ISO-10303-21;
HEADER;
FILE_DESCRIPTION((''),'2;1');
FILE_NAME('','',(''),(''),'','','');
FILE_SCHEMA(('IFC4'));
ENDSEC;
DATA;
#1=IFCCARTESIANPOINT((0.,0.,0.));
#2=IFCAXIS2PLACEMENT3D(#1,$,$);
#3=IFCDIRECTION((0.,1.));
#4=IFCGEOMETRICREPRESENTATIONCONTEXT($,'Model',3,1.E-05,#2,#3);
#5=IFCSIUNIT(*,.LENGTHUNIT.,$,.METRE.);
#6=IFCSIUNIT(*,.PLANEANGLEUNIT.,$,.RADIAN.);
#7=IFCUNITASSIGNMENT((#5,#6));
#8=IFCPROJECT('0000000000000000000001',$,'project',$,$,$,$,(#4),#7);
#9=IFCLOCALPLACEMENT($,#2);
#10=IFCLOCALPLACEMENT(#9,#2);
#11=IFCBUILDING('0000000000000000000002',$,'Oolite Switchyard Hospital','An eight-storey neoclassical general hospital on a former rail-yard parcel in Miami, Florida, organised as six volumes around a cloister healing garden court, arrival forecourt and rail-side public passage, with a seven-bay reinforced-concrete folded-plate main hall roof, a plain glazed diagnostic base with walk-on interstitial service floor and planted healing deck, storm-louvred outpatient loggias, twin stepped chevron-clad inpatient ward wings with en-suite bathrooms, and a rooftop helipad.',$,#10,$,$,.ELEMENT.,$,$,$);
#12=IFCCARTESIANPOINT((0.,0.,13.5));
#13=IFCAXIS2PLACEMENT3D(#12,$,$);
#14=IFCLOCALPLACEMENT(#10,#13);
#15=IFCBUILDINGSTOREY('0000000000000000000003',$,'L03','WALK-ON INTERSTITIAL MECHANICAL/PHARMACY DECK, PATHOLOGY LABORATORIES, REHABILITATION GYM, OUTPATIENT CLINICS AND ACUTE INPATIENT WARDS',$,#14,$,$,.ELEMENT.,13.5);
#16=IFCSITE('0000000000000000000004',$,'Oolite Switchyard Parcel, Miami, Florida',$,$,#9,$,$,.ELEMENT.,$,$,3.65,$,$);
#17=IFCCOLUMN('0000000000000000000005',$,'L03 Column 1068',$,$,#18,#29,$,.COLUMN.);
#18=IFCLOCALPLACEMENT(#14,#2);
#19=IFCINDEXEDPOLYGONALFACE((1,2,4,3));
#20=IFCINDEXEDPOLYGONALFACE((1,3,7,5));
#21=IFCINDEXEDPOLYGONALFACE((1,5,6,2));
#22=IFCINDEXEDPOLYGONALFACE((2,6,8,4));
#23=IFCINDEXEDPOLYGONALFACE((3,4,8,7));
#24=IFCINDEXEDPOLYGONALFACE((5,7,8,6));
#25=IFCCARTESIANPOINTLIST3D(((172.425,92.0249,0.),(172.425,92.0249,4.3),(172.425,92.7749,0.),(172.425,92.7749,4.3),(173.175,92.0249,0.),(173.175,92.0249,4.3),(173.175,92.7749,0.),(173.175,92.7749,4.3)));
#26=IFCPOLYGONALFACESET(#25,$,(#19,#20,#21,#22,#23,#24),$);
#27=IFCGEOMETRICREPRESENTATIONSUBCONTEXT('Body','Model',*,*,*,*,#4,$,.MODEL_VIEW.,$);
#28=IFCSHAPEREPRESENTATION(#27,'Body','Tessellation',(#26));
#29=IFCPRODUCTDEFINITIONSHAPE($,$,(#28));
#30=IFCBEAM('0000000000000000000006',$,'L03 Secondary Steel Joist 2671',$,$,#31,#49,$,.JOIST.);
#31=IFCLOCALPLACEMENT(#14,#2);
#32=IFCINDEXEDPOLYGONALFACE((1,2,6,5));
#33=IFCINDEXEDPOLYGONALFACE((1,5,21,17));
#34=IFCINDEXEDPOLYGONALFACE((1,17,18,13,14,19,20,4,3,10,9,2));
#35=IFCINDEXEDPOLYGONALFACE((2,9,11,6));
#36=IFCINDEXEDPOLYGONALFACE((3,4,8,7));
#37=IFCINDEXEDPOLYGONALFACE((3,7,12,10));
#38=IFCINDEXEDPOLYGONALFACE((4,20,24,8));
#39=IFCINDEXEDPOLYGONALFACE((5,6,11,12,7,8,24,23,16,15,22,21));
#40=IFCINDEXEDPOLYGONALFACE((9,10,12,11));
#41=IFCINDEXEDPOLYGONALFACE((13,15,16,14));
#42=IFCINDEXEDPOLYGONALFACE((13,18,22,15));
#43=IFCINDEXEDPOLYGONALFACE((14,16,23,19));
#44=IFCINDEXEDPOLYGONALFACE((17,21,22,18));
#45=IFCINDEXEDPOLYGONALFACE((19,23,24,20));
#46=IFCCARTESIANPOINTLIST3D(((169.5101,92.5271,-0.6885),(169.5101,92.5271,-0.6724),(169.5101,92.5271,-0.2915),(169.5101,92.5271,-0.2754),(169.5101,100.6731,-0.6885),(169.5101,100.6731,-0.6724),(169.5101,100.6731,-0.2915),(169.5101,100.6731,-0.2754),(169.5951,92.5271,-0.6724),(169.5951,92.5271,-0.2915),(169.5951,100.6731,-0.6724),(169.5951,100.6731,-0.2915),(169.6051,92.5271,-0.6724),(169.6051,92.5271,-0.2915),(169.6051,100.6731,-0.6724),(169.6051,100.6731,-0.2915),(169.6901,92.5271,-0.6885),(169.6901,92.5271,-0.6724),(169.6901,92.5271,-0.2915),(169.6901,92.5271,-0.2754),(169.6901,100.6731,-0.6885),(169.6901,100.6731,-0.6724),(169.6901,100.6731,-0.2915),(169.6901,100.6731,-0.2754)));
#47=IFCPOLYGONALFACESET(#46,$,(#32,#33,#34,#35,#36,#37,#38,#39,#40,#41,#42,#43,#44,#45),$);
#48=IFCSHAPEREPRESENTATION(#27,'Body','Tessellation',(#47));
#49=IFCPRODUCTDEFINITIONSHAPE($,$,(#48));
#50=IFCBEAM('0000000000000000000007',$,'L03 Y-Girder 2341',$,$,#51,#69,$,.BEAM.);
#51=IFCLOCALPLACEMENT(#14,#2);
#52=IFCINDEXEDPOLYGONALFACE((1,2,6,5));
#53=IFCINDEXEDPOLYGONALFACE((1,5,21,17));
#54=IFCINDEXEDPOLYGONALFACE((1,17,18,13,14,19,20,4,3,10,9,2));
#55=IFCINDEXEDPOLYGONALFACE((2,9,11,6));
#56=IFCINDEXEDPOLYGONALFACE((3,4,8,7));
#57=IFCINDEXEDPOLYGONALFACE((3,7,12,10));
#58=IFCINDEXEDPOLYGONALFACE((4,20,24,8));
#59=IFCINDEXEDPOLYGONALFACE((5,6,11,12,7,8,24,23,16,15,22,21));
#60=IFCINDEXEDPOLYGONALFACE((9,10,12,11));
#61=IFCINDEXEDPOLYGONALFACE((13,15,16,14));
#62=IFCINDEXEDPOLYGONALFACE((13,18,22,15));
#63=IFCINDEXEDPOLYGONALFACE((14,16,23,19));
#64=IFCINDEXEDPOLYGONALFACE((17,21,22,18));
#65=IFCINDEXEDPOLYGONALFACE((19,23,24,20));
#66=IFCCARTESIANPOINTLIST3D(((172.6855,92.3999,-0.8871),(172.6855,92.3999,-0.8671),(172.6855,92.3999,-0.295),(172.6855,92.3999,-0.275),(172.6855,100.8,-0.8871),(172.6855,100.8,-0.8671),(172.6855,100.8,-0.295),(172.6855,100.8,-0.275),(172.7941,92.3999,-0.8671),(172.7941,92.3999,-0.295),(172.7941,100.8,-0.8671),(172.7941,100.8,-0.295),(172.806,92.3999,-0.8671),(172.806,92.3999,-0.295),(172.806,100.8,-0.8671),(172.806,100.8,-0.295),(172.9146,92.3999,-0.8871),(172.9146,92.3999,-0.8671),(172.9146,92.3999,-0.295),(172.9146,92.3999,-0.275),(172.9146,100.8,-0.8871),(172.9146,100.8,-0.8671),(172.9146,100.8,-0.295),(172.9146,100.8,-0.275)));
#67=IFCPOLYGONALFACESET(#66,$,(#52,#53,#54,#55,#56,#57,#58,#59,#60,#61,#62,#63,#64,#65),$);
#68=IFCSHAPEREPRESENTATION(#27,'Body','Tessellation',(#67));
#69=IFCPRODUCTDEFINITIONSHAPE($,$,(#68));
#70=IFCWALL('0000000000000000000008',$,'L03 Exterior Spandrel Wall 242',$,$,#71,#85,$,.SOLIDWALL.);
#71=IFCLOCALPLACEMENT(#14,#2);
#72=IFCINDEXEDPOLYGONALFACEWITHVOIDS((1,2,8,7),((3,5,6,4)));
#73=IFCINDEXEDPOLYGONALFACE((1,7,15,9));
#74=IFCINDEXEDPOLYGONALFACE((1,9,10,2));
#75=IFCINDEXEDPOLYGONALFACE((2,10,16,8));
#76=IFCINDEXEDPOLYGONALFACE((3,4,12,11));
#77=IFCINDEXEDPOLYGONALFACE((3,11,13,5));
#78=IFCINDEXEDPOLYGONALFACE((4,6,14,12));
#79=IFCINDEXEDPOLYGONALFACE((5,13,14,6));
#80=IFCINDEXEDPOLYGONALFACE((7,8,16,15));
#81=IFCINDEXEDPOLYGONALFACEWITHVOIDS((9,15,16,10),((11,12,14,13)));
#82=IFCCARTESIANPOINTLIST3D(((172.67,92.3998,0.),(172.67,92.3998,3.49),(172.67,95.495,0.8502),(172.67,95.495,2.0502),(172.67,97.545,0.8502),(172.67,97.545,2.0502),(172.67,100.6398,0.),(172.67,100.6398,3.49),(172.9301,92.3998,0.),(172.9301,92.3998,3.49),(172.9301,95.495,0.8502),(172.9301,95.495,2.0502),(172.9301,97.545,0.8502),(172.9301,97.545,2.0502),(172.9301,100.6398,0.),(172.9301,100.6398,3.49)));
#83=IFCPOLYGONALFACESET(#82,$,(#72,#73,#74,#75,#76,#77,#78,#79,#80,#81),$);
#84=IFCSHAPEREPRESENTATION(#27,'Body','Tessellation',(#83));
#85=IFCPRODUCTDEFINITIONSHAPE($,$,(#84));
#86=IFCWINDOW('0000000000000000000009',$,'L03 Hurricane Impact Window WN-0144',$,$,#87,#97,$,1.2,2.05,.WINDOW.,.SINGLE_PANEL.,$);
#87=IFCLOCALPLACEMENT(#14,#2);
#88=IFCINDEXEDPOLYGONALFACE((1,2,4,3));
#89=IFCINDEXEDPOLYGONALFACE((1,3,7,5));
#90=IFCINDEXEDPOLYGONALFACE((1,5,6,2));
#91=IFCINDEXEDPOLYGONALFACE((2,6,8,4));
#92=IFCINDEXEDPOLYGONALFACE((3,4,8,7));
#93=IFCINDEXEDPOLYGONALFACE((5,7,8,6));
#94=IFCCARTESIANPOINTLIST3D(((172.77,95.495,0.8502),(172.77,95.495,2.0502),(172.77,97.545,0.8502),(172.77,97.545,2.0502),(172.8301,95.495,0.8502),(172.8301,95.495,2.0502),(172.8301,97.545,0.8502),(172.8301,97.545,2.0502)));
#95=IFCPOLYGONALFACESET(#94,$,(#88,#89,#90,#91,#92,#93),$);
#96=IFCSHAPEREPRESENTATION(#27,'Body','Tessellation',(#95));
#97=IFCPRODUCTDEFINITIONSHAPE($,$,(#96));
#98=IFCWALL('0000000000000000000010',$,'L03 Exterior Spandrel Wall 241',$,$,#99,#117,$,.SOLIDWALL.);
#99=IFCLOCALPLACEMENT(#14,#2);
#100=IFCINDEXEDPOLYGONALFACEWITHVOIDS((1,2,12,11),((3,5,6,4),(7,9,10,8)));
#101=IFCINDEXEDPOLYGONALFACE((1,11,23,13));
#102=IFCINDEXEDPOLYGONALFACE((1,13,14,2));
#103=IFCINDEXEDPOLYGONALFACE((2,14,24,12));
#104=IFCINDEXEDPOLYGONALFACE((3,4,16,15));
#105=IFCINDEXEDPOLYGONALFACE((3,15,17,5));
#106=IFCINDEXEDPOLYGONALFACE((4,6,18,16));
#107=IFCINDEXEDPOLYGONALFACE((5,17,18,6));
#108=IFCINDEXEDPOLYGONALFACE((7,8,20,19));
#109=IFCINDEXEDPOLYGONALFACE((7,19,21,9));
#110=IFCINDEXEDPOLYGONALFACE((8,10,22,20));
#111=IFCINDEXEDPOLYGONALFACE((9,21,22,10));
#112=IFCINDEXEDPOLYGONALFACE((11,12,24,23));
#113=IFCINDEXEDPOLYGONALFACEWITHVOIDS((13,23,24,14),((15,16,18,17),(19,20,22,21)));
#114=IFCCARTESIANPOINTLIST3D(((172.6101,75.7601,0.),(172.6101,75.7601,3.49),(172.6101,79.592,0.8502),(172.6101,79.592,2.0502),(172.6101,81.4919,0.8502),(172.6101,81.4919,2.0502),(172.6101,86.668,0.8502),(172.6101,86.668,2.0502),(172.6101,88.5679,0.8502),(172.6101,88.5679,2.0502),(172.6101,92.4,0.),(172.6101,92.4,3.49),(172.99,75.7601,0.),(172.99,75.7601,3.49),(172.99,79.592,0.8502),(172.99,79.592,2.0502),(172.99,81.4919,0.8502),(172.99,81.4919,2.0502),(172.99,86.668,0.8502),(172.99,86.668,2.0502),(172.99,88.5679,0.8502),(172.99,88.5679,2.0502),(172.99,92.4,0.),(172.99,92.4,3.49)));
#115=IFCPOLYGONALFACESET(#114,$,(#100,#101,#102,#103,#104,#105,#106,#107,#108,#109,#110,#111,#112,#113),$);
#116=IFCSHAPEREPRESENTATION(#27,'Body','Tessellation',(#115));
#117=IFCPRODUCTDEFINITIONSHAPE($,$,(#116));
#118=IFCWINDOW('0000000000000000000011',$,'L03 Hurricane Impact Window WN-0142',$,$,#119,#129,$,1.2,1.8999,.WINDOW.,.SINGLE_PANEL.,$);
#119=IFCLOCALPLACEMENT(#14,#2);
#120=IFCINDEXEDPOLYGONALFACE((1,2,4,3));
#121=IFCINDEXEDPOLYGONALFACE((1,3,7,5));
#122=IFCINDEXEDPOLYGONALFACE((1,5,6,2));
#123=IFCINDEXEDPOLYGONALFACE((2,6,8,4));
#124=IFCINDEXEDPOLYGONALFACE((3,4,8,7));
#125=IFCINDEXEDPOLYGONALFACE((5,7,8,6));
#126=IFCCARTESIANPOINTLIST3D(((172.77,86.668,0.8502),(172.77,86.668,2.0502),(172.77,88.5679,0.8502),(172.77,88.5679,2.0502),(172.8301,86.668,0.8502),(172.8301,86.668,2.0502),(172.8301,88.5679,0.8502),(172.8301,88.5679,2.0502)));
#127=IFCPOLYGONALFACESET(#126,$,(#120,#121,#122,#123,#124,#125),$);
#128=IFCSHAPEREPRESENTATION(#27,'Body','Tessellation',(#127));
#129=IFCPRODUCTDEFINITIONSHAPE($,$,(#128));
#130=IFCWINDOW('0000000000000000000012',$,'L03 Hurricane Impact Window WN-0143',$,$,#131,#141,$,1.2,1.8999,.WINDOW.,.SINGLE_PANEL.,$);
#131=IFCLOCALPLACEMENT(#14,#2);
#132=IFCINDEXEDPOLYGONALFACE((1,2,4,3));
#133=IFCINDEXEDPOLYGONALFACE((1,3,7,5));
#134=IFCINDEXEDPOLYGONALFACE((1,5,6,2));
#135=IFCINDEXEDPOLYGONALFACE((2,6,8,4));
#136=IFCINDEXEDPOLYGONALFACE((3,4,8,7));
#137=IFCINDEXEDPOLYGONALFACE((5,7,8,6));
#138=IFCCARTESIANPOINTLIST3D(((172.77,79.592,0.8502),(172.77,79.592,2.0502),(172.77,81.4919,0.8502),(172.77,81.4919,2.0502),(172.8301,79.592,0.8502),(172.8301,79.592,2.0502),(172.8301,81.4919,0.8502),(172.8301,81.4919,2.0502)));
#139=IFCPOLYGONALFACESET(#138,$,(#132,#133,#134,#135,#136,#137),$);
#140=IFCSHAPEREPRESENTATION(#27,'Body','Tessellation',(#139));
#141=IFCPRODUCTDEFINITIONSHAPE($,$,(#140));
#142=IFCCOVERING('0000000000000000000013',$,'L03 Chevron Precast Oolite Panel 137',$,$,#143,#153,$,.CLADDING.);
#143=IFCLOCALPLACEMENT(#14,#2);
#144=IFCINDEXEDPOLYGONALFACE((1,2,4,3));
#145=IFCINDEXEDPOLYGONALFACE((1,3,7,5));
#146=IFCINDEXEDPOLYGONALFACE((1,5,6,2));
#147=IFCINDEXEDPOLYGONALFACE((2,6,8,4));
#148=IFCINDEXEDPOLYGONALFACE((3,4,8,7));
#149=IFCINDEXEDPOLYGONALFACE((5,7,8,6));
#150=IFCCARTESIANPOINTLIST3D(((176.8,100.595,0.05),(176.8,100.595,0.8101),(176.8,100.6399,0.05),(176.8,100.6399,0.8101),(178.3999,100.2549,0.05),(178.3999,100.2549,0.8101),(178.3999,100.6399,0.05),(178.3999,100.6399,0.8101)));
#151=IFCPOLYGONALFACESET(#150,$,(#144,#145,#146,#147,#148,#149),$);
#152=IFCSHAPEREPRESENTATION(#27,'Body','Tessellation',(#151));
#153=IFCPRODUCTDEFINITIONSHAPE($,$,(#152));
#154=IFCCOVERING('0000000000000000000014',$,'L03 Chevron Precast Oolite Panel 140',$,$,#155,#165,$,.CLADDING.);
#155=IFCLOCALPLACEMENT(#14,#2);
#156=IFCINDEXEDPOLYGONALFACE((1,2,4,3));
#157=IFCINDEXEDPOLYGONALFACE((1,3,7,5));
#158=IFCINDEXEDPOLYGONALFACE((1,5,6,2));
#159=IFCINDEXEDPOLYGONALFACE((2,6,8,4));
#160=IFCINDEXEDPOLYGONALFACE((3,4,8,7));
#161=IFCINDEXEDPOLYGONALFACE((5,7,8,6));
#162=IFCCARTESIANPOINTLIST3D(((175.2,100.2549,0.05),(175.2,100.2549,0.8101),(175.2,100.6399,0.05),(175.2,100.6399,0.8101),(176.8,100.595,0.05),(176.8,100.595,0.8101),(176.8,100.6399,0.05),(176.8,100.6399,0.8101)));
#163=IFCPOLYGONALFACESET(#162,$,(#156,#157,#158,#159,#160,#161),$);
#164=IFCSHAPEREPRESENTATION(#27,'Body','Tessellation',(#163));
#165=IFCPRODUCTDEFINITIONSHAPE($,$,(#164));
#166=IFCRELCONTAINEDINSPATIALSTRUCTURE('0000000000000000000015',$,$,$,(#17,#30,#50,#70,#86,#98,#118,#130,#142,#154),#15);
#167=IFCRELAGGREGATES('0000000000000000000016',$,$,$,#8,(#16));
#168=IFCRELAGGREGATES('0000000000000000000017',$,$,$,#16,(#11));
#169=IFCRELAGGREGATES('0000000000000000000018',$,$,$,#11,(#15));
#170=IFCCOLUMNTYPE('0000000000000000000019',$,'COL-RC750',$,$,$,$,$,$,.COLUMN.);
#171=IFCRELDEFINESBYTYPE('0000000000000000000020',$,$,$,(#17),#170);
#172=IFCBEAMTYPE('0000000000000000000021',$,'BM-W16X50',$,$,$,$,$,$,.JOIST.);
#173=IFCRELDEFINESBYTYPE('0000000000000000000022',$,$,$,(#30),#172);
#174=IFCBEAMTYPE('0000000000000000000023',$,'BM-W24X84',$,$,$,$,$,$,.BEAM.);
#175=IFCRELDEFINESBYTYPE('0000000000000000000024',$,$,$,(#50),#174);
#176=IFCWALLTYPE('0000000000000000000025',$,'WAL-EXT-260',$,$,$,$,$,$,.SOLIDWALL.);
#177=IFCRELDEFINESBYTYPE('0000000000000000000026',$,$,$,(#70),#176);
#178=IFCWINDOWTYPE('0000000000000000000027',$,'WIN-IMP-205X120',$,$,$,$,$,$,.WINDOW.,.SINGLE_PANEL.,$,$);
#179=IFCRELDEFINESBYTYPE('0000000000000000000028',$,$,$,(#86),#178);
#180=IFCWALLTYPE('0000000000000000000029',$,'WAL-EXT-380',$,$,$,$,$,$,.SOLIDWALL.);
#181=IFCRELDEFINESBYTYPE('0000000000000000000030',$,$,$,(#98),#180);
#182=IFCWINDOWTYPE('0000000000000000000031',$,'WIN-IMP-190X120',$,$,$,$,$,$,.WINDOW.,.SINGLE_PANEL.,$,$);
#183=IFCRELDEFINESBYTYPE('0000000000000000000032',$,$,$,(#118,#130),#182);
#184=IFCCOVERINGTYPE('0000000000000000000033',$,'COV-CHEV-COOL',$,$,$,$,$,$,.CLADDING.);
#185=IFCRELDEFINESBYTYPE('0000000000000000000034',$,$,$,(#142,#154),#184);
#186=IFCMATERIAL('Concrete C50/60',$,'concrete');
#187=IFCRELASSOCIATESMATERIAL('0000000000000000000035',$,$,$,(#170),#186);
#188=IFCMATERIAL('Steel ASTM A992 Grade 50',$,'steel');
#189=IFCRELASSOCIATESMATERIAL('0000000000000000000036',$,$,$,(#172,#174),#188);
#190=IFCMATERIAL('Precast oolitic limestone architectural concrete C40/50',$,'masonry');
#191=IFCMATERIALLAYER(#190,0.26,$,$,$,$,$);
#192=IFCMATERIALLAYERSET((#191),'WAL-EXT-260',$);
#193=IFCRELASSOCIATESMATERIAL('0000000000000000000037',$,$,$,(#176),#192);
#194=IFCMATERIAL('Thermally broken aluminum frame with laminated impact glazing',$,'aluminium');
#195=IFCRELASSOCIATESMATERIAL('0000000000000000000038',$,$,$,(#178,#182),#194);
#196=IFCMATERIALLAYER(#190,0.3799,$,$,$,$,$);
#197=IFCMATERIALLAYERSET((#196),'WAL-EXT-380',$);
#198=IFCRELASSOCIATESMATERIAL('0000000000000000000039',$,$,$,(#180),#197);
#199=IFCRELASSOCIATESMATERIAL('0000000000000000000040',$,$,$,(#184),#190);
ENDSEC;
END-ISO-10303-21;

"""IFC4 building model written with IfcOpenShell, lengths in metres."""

from ifc_helpers import new_model, si_unit, direction, frame, frame_2d, origin, origin_2d, place, context, subcontext, project, spatial, polyline, rectangle, i_section, outline, extrude, material, layer, layer_set, material_profile, profile_set, type_object, element, fill, save


model = new_model("IFC4")

# Units and contexts
model_context = context("Model", 3, precision=1e-05, world=origin(), true_north=direction((0.0, 1.0)))
body_context = subcontext(model_context, "Body", "Model", "MODEL_VIEW")
ifc_project = project(units=[si_unit("LENGTHUNIT", "METRE"), si_unit("PLANEANGLEUNIT", "RADIAN")], contexts=[model_context])

# Site, building, storey
site_placement = place(None, origin())
site = spatial("IfcSite", under=ifc_project, at=site_placement, Name="Oolite Switchyard Parcel, Miami, Florida", CompositionType="ELEMENT", RefElevation=3.65)
building_placement = place(site_placement, origin())
building = spatial("IfcBuilding", under=site, at=building_placement, Name="Oolite Switchyard Hospital", Description="An eight-storey neoclassical general hospital on a former rail-yard parcel in Miami, Florida, organised as six volumes around a cloister healing garden court, arrival forecourt and rail-side public passage, with a seven-bay reinforced-concrete folded-plate main hall roof, a plain glazed diagnostic base with walk-on interstitial service floor and planted healing deck, storm-louvred outpatient loggias, twin stepped chevron-clad inpatient ward wings with en-suite bathrooms, and a rooftop helipad.", CompositionType="ELEMENT")
storey_placement = place(building_placement, frame((0.0, 0.0, 13.5)))
storey = spatial("IfcBuildingStorey", under=building, at=storey_placement, Name="L03", Description="WALK-ON INTERSTITIAL MECHANICAL/PHARMACY DECK, PATHOLOGY LABORATORIES, REHABILITATION GYM, OUTPATIENT CLINICS AND ACUTE INPATIENT WARDS", CompositionType="ELEMENT", Elevation=13.5)

# Column
ifc_material_1 = material(Name="Concrete C50/60", Category="concrete")
ifc_material_profile_1 = material_profile(ifc_material_1, rectangle(XDim=0.75, YDim=0.75, at=origin_2d()), Name="RC750X750")
ifc_profile_set_1 = profile_set([ifc_material_profile_1], Name="Concrete C50/60")
column_type = type_object("IfcColumnType", Name="COL-RC750", PredefinedType="COLUMN", material=ifc_profile_set_1)
column_placement = place(storey_placement, frame((172.8, 92.3999, 0.0), z_axis=(0.0, 0.0, 1.0), x_axis=(1.0, 0.0, 0.0)))
element("IfcColumn", 1, at=column_placement, inside=storey, type_object=column_type, Name="L03 Column 1068", PredefinedType="COLUMN", context=body_context, shape_type="SweptSolid", body=[
    extrude(rectangle(XDim=0.75, YDim=0.75, at=origin_2d()), origin(), (0.0, 0.0, 1.0), 4.3),
])

# Beams
ifc_material_2 = material(Name="Steel ASTM A992 Grade 50", Category="steel")
ifc_material_profile_2 = material_profile(ifc_material_2, i_section(OverallWidth=0.1799, OverallDepth=0.4131, WebThickness=0.01, FlangeThickness=0.0161, at=origin_2d()), Name="W16X50")
ifc_profile_set_2 = profile_set([ifc_material_profile_2], Name="Steel ASTM A992 Grade 50")
beam_type_1 = type_object("IfcBeamType", Name="BM-W16X50", PredefinedType="JOIST", material=ifc_profile_set_2)
beam_1_placement = place(storey_placement, frame((169.6001, 92.5271, -0.4819), z_axis=(0.0, 1.0, 0.0), x_axis=(-1.0, 0.0, 0.0)))
element("IfcBeam", 2, at=beam_1_placement, inside=storey, type_object=beam_type_1, Name="L03 Secondary Steel Joist 2671", PredefinedType="JOIST", context=body_context, shape_type="SweptSolid", body=[
    extrude(i_section(OverallWidth=0.1799, OverallDepth=0.4131, WebThickness=0.01, FlangeThickness=0.0161, at=origin_2d()), origin(), (0.0, 0.0, 1.0), 8.146),
])
ifc_material_profile_3 = material_profile(ifc_material_2, i_section(OverallWidth=0.229, OverallDepth=0.6121, WebThickness=0.012, FlangeThickness=0.02, at=origin_2d()), Name="W24X84")
ifc_profile_set_3 = profile_set([ifc_material_profile_3], Name="Steel ASTM A992 Grade 50")
beam_type_2 = type_object("IfcBeamType", Name="BM-W24X84", PredefinedType="BEAM", material=ifc_profile_set_3)
beam_2_placement = place(storey_placement, frame((172.8, 92.3999, -0.5811), z_axis=(0.0, 1.0, 0.0), x_axis=(-1.0, 0.0, 0.0)))
element("IfcBeam", 3, at=beam_2_placement, inside=storey, type_object=beam_type_2, Name="L03 Y-Girder 2341", PredefinedType="BEAM", context=body_context, shape_type="SweptSolid", body=[
    extrude(i_section(OverallWidth=0.229, OverallDepth=0.6121, WebThickness=0.012, FlangeThickness=0.02, at=origin_2d()), origin(), (0.0, 0.0, 1.0), 8.4001),
])

# Wall, opening, window
ifc_material_3 = material(Name="Precast oolitic limestone architectural concrete C40/50", Category="masonry")
ifc_layer_1 = layer(ifc_material_3, 0.26)
ifc_layer_set_1 = layer_set([ifc_layer_1], Name="WAL-EXT-260")
wall_type_1 = type_object("IfcWallType", Name="WAL-EXT-260", PredefinedType="SOLIDWALL", material=ifc_layer_set_1)
wall_1_placement = place(storey_placement, frame((172.8, 100.6399, 0.0), z_axis=(0.0, 0.0, 1.0), x_axis=(0.0, -1.0, 0.0)))
wall_1 = element("IfcWall", 4, at=wall_1_placement, inside=storey, type_object=wall_type_1, Name="L03 Exterior Spandrel Wall 242", PredefinedType="SOLIDWALL", context=body_context, shape_type="SweptSolid", body=[
    extrude(rectangle(XDim=8.24, YDim=0.26, at=frame_2d((4.1201, 0.0))), origin(), (0.0, 0.0, 1.0), 3.49),
])
opening_1_placement = place(wall_1_placement, frame((3.095, 0.0, 0.8501)))
opening_1 = element("IfcOpeningElement", 5, at=opening_1_placement, cuts=wall_1, PredefinedType="OPENING", context=body_context, shape_type="SweptSolid", body=[
    extrude(rectangle(XDim=2.05, YDim=1.2, at=frame_2d((1.0249, 0.6001))), frame((0.0, 0.1401, 0.0), z_axis=(0.0, -1.0, 0.0), x_axis=(1.0, 0.0, 0.0)), (0.0, 0.0, 1.0), 0.28),
])
ifc_material_4 = material(Name="Thermally broken aluminum frame with laminated impact glazing", Category="aluminium")
window_type_1 = type_object("IfcWindowType", Name="WIN-IMP-205X120", PartitioningType="SINGLE_PANEL", PredefinedType="WINDOW", material=ifc_material_4)
window_1_placement = place(opening_1_placement, origin())
window_1 = element("IfcWindow", 6, at=window_1_placement, inside=storey, type_object=window_type_1, Name="L03 Hurricane Impact Window WN-0144", OverallHeight=1.2, OverallWidth=2.05, PartitioningType="SINGLE_PANEL", PredefinedType="WINDOW", context=body_context, shape_type="SweptSolid", body=[
    extrude(rectangle(XDim=2.05, YDim=1.2, at=frame_2d((1.0249, 0.6001))), frame((0.0, 0.03, 0.0), z_axis=(0.0, -1.0, 0.0), x_axis=(1.0, 0.0, 0.0)), (0.0, 0.0, 1.0), 0.0601),
])
fill(opening_1, window_1)

# Wall, openings, windows
ifc_layer_2 = layer(ifc_material_3, 0.3799)
ifc_layer_set_2 = layer_set([ifc_layer_2], Name="WAL-EXT-380")
wall_type_2 = type_object("IfcWallType", Name="WAL-EXT-380", PredefinedType="SOLIDWALL", material=ifc_layer_set_2)
wall_2_placement = place(storey_placement, frame((172.8, 92.3999, 0.0), z_axis=(0.0, 0.0, 1.0), x_axis=(0.0, -1.0, 0.0)))
wall_2 = element("IfcWall", 7, at=wall_2_placement, inside=storey, type_object=wall_type_2, Name="L03 Exterior Spandrel Wall 241", PredefinedType="SOLIDWALL", context=body_context, shape_type="SweptSolid", body=[
    extrude(rectangle(XDim=16.6399, YDim=0.3799, at=frame_2d((8.3198, 0.0))), origin(), (0.0, 0.0, 1.0), 3.49),
])
opening_2_placement = place(wall_2_placement, frame((3.832, 0.0, 0.8501)))
opening_2 = element("IfcOpeningElement", 8, at=opening_2_placement, cuts=wall_2, PredefinedType="OPENING", context=body_context, shape_type="SweptSolid", body=[
    extrude(rectangle(XDim=1.8999, YDim=1.2, at=frame_2d((0.95, 0.6001))), frame((0.0, 0.2, 0.0), z_axis=(0.0, -1.0, 0.0), x_axis=(1.0, 0.0, 0.0)), (0.0, 0.0, 1.0), 0.3999),
])
opening_3_placement = place(wall_2_placement, frame((10.908, 0.0, 0.8501)))
opening_3 = element("IfcOpeningElement", 9, at=opening_3_placement, cuts=wall_2, PredefinedType="OPENING", context=body_context, shape_type="SweptSolid", body=[
    extrude(rectangle(XDim=1.8999, YDim=1.2, at=frame_2d((0.95, 0.6001))), frame((0.0, 0.2, 0.0), z_axis=(0.0, -1.0, 0.0), x_axis=(1.0, 0.0, 0.0)), (0.0, 0.0, 1.0), 0.3999),
])
window_type_2 = type_object("IfcWindowType", Name="WIN-IMP-190X120", PartitioningType="SINGLE_PANEL", PredefinedType="WINDOW", material=ifc_material_4)
window_2_placement = place(opening_2_placement, origin())
window_2 = element("IfcWindow", 10, at=window_2_placement, inside=storey, type_object=window_type_2, Name="L03 Hurricane Impact Window WN-0142", OverallHeight=1.2, OverallWidth=1.8999, PartitioningType="SINGLE_PANEL", PredefinedType="WINDOW", context=body_context, shape_type="SweptSolid", body=[
    extrude(rectangle(XDim=1.8999, YDim=1.2, at=frame_2d((0.95, 0.6001))), frame((0.0, 0.03, 0.0), z_axis=(0.0, -1.0, 0.0), x_axis=(1.0, 0.0, 0.0)), (0.0, 0.0, 1.0), 0.0601),
])
fill(opening_2, window_2)
window_3_placement = place(opening_3_placement, origin())
window_3 = element("IfcWindow", 11, at=window_3_placement, inside=storey, type_object=window_type_2, Name="L03 Hurricane Impact Window WN-0143", OverallHeight=1.2, OverallWidth=1.8999, PartitioningType="SINGLE_PANEL", PredefinedType="WINDOW", context=body_context, shape_type="SweptSolid", body=[
    extrude(rectangle(XDim=1.8999, YDim=1.2, at=frame_2d((0.95, 0.6001))), frame((0.0, 0.03, 0.0), z_axis=(0.0, -1.0, 0.0), x_axis=(1.0, 0.0, 0.0)), (0.0, 0.0, 1.0), 0.0601),
])
fill(opening_3, window_3)

# Coverings
covering_type = type_object("IfcCoveringType", Name="COV-CHEV-COOL", PredefinedType="CLADDING", material=ifc_material_3)
covering_1_placement = place(storey_placement, frame((178.3999, 100.6399, 0.05), z_axis=(0.0, 0.0, 1.0), x_axis=(-1.0, 0.0, 0.0)))
element("IfcCovering", 12, at=covering_1_placement, inside=storey, type_object=covering_type, Name="L03 Chevron Precast Oolite Panel 137", PredefinedType="CLADDING", context=body_context, shape_type="SweptSolid", body=[
    extrude(outline(polyline([(0.0, 0.0), (1.5999, 0.0), (1.5999, 0.0449), (0.0, 0.385), (0.0, 0.0)])), origin(), (0.0, 0.0, 1.0), 0.76),
])
covering_2_placement = place(storey_placement, frame((176.8, 100.6399, 0.05), z_axis=(0.0, 0.0, 1.0), x_axis=(-1.0, 0.0, 0.0)))
element("IfcCovering", 13, at=covering_2_placement, inside=storey, type_object=covering_type, Name="L03 Chevron Precast Oolite Panel 140", PredefinedType="CLADDING", context=body_context, shape_type="SweptSolid", body=[
    extrude(outline(polyline([(0.0, 0.0), (1.6001, 0.0), (1.6001, 0.385), (0.0, 0.0449), (0.0, 0.0)])), origin(), (0.0, 0.0, 1.0), 0.76),
])

save(model, "model.ifc")
